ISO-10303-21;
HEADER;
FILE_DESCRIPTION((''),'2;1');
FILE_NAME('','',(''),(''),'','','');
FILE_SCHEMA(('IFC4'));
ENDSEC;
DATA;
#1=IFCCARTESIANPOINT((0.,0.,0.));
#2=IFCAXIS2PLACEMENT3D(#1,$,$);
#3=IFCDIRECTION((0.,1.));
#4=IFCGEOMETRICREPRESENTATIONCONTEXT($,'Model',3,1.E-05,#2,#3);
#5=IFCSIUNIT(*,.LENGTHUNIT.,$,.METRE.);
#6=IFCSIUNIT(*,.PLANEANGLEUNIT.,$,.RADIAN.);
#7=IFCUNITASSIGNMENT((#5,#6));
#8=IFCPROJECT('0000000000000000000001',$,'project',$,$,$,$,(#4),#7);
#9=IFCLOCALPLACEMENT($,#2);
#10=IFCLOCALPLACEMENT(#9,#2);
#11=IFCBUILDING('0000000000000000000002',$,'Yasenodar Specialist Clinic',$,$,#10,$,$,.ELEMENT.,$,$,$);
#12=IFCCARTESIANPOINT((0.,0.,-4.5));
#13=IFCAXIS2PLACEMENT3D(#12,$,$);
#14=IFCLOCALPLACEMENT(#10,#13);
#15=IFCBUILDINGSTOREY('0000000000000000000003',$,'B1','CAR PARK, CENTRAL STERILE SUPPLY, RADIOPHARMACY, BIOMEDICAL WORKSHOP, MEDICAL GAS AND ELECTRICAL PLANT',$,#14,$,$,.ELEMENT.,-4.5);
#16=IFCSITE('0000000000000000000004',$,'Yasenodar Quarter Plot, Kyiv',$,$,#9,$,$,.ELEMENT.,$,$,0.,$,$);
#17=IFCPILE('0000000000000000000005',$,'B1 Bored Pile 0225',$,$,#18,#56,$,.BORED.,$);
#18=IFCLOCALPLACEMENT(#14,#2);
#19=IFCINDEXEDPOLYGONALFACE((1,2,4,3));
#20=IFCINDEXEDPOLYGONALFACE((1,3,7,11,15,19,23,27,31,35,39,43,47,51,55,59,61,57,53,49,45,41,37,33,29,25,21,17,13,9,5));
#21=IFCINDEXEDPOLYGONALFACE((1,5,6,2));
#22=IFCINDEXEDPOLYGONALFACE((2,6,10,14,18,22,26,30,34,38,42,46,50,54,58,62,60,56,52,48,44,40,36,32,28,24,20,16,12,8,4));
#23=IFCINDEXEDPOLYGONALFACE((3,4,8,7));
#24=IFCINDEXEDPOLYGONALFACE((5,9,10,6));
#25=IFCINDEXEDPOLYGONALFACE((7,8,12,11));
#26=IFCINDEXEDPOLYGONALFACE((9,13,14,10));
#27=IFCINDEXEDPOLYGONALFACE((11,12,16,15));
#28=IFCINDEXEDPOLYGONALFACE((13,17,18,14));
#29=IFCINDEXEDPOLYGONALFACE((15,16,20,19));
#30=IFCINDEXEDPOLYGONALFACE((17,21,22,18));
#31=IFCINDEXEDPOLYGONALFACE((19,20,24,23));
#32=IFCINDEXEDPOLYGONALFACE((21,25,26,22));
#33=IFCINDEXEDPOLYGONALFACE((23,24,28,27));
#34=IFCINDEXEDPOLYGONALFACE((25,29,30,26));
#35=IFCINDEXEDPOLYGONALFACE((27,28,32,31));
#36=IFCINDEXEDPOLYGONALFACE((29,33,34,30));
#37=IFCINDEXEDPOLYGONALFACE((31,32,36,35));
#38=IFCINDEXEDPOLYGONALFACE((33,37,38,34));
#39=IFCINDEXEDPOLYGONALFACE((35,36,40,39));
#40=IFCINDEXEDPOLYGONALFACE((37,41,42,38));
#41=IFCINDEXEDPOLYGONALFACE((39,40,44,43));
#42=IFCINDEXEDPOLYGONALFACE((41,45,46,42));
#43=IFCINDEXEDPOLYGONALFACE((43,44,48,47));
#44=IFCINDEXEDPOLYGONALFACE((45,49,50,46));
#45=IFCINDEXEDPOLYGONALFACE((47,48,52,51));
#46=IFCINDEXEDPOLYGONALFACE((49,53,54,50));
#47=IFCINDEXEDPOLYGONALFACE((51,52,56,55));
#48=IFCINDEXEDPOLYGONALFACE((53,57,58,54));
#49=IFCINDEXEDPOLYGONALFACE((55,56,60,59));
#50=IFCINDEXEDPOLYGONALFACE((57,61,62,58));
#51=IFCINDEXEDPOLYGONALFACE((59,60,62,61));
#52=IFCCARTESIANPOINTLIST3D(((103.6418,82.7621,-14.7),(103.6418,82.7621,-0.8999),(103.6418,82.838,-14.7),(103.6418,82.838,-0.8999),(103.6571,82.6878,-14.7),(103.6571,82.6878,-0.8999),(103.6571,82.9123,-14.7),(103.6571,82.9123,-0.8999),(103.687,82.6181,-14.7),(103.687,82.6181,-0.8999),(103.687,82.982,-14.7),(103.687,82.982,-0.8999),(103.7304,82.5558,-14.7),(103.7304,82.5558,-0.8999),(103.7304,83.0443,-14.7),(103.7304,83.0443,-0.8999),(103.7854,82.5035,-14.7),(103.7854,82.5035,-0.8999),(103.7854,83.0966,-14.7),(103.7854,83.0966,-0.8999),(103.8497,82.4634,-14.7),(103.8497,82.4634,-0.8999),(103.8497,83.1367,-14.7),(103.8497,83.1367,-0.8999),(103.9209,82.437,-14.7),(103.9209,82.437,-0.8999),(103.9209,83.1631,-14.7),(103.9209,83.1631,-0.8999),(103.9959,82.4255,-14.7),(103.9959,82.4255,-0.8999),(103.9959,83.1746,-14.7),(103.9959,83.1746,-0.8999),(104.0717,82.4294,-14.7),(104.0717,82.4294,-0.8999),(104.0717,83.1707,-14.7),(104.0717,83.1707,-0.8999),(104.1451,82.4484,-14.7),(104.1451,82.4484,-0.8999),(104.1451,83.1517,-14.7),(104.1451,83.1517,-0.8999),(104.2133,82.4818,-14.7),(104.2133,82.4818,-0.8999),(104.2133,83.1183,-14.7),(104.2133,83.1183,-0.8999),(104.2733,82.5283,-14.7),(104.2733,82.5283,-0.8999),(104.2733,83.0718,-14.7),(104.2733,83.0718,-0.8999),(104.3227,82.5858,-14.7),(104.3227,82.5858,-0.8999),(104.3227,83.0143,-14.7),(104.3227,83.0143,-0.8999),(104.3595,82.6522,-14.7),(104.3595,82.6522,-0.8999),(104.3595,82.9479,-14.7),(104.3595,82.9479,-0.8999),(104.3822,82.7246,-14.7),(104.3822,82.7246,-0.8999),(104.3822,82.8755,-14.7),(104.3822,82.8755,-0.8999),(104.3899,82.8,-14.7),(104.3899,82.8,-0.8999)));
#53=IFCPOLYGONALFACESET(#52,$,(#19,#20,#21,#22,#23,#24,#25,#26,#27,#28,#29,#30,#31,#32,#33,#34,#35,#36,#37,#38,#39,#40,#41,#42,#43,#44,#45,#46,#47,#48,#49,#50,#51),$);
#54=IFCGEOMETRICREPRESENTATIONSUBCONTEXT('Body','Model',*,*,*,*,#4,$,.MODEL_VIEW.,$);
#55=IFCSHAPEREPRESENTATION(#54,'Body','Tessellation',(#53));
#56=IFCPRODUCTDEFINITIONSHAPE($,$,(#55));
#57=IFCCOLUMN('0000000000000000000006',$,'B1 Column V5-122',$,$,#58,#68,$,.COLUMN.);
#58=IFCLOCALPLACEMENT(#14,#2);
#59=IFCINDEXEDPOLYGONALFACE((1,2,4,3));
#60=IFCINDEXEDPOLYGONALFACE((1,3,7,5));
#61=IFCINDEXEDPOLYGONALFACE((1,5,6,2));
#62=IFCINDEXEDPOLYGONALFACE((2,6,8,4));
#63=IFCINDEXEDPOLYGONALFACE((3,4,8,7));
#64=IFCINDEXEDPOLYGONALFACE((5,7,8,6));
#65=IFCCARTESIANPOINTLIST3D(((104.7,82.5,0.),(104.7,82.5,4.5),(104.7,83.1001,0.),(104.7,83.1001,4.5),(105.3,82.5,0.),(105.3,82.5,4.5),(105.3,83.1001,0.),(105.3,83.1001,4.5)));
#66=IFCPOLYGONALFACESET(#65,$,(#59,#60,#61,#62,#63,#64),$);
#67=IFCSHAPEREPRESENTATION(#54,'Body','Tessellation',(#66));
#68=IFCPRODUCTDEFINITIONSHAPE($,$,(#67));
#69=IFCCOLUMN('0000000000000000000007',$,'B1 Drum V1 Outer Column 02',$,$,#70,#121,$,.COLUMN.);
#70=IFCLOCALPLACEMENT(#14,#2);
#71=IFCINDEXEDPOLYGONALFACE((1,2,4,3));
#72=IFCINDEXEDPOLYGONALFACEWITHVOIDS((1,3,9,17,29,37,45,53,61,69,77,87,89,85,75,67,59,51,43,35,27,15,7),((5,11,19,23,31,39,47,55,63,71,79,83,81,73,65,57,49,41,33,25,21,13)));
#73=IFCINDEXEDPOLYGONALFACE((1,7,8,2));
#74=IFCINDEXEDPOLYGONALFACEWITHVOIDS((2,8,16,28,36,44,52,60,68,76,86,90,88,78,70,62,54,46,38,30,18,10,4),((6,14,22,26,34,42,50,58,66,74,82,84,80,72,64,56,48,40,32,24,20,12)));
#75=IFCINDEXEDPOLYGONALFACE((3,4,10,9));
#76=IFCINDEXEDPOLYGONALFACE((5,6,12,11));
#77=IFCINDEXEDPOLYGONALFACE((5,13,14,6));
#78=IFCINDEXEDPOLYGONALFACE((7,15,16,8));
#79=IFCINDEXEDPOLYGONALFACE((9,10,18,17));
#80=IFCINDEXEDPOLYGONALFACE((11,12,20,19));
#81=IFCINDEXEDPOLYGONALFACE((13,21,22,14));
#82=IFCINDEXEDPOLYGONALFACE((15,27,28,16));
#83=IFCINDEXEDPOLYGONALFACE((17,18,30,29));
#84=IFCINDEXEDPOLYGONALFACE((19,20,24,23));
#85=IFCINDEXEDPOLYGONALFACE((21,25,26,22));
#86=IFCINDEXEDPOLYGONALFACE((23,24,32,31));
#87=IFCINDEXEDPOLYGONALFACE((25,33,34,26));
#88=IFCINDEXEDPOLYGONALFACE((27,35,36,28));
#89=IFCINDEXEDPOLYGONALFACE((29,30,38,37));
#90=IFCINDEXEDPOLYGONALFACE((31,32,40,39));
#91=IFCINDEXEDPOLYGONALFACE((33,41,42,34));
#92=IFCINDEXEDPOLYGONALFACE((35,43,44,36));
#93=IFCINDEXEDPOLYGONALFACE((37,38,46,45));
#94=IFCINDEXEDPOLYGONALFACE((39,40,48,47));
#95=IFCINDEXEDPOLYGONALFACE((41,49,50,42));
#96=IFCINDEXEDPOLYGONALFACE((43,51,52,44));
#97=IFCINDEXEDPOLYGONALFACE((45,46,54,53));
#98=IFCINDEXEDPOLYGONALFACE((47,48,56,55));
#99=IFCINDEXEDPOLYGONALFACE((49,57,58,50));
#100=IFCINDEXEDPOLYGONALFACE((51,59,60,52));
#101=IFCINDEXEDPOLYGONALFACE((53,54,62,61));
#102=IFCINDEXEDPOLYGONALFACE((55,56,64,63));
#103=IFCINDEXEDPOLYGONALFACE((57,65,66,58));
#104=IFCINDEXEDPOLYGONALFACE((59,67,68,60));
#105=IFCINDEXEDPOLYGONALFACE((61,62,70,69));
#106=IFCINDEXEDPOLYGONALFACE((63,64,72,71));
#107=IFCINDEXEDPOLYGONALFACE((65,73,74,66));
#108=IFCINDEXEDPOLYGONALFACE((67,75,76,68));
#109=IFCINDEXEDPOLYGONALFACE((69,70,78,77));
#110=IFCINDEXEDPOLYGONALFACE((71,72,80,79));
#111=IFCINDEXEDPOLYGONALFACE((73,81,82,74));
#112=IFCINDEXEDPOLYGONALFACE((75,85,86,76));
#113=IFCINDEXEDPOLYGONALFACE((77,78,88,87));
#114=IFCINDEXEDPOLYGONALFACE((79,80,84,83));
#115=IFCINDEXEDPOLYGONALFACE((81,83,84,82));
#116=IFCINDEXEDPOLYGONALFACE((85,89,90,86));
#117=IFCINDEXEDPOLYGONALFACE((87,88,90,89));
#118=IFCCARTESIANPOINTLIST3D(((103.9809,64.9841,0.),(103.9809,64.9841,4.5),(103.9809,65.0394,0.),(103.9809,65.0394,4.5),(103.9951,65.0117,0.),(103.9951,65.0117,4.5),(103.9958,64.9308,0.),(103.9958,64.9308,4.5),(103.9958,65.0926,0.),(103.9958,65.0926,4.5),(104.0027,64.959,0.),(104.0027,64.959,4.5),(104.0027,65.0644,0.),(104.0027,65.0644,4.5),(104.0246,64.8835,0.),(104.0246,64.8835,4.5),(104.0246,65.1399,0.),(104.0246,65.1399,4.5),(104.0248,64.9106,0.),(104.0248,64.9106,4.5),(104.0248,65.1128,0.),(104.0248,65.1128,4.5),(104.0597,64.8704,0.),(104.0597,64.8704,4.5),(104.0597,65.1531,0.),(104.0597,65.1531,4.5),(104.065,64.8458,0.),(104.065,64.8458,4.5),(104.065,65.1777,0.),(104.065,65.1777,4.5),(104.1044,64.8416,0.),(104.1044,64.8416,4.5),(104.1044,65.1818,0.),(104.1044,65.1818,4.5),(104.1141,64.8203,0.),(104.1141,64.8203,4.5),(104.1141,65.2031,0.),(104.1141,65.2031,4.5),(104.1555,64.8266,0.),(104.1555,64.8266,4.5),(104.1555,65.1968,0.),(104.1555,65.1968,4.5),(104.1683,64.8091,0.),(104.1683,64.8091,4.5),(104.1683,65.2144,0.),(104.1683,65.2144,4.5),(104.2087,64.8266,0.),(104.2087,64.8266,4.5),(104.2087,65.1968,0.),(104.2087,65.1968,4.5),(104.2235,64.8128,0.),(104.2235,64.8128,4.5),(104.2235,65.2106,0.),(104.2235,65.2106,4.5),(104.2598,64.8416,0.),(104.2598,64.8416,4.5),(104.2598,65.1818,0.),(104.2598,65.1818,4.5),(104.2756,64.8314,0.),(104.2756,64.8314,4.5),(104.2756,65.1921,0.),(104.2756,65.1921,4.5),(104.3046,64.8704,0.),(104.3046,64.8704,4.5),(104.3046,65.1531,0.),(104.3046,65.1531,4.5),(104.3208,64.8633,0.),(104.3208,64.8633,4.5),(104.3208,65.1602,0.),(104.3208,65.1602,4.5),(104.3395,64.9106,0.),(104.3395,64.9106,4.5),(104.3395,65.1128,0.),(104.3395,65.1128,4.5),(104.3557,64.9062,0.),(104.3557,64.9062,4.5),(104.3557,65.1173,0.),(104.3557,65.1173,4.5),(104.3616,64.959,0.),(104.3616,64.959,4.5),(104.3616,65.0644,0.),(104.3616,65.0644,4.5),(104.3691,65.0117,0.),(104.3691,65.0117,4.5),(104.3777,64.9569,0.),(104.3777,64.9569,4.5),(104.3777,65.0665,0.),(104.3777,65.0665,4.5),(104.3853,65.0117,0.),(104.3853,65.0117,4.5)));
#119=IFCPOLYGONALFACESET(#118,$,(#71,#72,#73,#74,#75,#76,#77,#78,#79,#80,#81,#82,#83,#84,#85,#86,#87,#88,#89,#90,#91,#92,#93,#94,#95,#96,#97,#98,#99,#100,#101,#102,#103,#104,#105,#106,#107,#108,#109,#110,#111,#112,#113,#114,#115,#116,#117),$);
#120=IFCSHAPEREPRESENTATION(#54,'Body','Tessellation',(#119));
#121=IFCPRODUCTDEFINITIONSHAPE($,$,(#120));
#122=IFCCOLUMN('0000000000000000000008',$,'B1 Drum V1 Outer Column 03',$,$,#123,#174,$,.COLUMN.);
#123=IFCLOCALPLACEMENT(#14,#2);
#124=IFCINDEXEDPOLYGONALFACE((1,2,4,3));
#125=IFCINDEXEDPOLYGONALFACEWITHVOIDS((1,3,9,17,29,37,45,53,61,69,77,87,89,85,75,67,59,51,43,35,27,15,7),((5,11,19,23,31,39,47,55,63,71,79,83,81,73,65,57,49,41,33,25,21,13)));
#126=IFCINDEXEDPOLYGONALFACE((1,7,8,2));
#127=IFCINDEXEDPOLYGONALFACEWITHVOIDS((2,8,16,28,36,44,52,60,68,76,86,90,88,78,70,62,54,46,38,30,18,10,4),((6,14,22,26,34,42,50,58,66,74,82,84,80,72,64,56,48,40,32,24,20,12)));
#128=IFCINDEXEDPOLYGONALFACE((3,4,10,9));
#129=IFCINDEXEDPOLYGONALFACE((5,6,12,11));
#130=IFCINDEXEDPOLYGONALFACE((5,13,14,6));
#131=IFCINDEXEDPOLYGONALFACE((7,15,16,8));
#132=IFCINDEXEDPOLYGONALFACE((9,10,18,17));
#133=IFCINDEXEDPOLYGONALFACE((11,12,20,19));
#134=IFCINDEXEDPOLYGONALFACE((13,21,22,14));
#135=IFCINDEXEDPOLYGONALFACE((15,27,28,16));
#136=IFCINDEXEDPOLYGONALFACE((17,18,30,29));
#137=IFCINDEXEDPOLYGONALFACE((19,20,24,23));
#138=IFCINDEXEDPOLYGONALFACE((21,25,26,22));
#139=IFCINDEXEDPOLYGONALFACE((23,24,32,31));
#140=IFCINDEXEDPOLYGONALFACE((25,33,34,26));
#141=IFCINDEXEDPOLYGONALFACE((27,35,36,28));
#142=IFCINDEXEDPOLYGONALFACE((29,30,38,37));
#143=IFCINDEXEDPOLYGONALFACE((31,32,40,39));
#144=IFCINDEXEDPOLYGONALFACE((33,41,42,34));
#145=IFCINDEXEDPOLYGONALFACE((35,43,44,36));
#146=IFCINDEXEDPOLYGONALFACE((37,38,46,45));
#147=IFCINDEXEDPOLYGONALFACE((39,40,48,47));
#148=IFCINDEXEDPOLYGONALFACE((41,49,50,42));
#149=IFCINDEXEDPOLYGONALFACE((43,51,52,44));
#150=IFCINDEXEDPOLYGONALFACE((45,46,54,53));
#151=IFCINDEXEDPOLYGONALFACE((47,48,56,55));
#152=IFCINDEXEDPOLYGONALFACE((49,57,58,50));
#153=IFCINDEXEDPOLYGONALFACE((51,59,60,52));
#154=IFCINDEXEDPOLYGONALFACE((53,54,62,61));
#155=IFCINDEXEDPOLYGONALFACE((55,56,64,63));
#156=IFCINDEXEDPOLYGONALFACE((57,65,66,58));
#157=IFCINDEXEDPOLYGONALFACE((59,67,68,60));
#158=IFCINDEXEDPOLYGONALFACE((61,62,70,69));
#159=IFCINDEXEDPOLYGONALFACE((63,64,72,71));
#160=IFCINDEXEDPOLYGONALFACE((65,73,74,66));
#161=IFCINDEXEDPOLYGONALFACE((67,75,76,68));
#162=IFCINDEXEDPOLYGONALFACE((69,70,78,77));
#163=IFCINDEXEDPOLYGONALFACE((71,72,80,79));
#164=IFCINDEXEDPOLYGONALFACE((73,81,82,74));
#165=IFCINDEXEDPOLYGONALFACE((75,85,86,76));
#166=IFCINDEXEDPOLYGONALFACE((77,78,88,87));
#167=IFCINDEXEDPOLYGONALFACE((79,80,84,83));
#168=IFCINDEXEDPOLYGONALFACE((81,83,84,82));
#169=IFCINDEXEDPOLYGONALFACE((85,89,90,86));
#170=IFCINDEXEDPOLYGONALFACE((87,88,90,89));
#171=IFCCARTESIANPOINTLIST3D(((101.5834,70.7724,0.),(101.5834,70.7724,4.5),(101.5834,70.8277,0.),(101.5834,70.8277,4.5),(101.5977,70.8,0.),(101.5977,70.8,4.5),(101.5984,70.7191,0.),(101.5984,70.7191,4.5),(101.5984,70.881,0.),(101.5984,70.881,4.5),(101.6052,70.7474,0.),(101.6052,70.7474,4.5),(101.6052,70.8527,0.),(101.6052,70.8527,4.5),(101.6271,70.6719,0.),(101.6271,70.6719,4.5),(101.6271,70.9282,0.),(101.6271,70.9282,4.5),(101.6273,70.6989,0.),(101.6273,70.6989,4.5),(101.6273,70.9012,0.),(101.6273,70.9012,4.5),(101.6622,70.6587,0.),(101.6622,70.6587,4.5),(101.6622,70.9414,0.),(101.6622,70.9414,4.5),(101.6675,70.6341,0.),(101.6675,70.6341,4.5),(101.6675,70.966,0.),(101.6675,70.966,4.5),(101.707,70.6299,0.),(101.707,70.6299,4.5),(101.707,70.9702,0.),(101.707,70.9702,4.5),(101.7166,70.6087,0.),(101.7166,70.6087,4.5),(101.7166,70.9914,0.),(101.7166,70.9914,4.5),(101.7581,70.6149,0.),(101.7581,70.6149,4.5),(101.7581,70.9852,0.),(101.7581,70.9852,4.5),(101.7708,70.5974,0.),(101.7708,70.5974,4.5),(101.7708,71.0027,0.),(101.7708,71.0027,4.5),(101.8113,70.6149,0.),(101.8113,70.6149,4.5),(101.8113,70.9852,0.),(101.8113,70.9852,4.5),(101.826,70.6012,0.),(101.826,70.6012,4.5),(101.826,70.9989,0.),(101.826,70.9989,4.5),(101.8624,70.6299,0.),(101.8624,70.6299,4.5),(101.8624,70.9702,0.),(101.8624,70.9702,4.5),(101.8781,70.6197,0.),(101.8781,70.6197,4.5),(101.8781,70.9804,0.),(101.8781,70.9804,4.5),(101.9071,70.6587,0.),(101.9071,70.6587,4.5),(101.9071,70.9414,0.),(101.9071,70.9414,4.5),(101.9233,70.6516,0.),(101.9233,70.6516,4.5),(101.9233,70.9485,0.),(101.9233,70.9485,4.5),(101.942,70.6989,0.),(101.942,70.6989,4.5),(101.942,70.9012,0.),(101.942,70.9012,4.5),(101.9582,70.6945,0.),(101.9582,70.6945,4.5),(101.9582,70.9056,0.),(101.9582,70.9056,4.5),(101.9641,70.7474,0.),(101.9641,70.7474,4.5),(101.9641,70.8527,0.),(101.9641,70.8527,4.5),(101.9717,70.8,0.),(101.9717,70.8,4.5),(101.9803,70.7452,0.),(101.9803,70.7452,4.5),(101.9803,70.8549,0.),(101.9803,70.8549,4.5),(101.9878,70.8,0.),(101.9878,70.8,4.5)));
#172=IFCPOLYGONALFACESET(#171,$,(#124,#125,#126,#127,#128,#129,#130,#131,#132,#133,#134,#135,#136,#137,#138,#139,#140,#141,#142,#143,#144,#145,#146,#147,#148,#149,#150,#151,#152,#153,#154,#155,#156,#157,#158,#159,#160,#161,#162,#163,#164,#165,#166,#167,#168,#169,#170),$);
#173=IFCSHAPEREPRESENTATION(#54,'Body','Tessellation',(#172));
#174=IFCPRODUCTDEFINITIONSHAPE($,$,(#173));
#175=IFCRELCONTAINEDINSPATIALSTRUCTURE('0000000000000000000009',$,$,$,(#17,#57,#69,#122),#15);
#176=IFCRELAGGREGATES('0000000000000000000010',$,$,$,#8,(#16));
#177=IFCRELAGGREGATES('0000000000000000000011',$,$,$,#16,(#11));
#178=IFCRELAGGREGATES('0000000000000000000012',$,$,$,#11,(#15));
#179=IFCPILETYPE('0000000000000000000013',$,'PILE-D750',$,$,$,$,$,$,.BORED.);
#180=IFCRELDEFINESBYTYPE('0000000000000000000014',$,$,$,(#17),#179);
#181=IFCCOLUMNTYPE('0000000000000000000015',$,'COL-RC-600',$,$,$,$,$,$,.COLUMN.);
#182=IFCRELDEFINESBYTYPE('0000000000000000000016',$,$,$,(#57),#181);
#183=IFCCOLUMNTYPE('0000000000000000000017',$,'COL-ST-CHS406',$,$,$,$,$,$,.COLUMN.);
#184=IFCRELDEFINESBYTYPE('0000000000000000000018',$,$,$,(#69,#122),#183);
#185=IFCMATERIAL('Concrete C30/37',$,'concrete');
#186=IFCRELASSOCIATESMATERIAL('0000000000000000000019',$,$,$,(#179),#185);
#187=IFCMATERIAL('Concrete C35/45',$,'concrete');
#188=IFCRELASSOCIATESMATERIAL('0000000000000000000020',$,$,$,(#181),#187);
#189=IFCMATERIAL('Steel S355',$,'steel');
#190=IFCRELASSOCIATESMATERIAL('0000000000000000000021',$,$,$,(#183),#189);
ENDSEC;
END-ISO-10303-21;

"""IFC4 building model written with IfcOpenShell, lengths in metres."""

from ifc_helpers import new_model, si_unit, direction, frame, origin, origin_2d, place, context, subcontext, project, spatial, rectangle, circle, hollow_circle, extrude, material, material_profile, profile_set, type_object, element, save


model = new_model("IFC4")

# Units and contexts
model_context = context("Model", 3, precision=1e-05, world=origin(), true_north=direction((0.0, 1.0)))
body_context = subcontext(model_context, "Body", "Model", "MODEL_VIEW")
ifc_project = project(units=[si_unit("LENGTHUNIT", "METRE"), si_unit("PLANEANGLEUNIT", "RADIAN")], contexts=[model_context])

# Site, building, storey
site_placement = place(None, origin())
site = spatial("IfcSite", under=ifc_project, at=site_placement, Name="Yasenodar Quarter Plot, Kyiv", CompositionType="ELEMENT", RefElevation=0.0)
building_placement = place(site_placement, origin())
building = spatial("IfcBuilding", under=site, at=building_placement, Name="Yasenodar Specialist Clinic", CompositionType="ELEMENT")
storey_placement = place(building_placement, frame((0.0, 0.0, -4.5)))
storey = spatial("IfcBuildingStorey", under=building, at=storey_placement, Name="B1", Description="CAR PARK, CENTRAL STERILE SUPPLY, RADIOPHARMACY, BIOMEDICAL WORKSHOP, MEDICAL GAS AND ELECTRICAL PLANT", CompositionType="ELEMENT", Elevation=-4.5)

# Shared definitions
ifc_material_1 = material(Name="Concrete C35/45", Category="concrete")

# Pile
ifc_material_2 = material(Name="Concrete C30/37", Category="concrete")
ifc_material_profile_1 = material_profile(ifc_material_2, circle(Radius=0.375, at=origin_2d()), Name="PILE D750")
ifc_profile_set_1 = profile_set([ifc_material_profile_1], Name="Concrete C30/37")
pile_type = type_object("IfcPileType", Name="PILE-D750", PredefinedType="BORED", material=ifc_profile_set_1)
for number, where, z_axis, x_axis, name in (
    (1, (104.0149, 82.8, -0.8999), (0.0, 0.0, -1.0), (1.0, 0.0, 0.0), "B1 Bored Pile 0225"),
):
    element("IfcPile", number, at=place(storey_placement, frame(where, z_axis=z_axis, x_axis=x_axis)), inside=storey, type_object=pile_type, Name=name, PredefinedType="BORED", context=body_context, shape_type="SweptSolid", body=[
        extrude(circle(Radius=0.375, at=origin_2d()), origin(), (0.0, 0.0, 1.0), 13.8),
    ])

# Columns
ifc_material_profile_2 = material_profile(ifc_material_1, rectangle(XDim=0.6001, YDim=0.6001, at=origin_2d()), Name="RC 600x600")
ifc_profile_set_2 = profile_set([ifc_material_profile_2], Name="Concrete C35/45")
column_type_1 = type_object("IfcColumnType", Name="COL-RC-600", PredefinedType="COLUMN", material=ifc_profile_set_2)
column_placement = place(storey_placement, frame((105.0, 82.8, 0.0), z_axis=(0.0, 0.0, 1.0), x_axis=(1.0, 0.0, 0.0)))
element("IfcColumn", 2, at=column_placement, inside=storey, type_object=column_type_1, Name="B1 Column V5-122", PredefinedType="COLUMN", context=body_context, shape_type="SweptSolid", body=[
    extrude(rectangle(XDim=0.6001, YDim=0.6001, at=origin_2d()), origin(), (0.0, 0.0, 1.0), 4.5),
])
ifc_material_3 = material(Name="Steel S355", Category="steel")
ifc_material_profile_3 = material_profile(ifc_material_3, hollow_circle(Radius=0.2031, WallThickness=0.0161, at=origin_2d()), Name="CHS 406.4x16")
ifc_profile_set_3 = profile_set([ifc_material_profile_3], Name="Steel S355")
column_type_2 = type_object("IfcColumnType", Name="COL-ST-CHS406", PredefinedType="COLUMN", material=ifc_profile_set_3)
for number, where, z_axis, x_axis, name in (
    (3, (104.1821, 65.0117, 0.0), (0.0, 0.0, 1.0), (1.0, 0.0, 0.0), "B1 Drum V1 Outer Column 02"),
    (4, (101.7847, 70.8, 0.0), (0.0, 0.0, 1.0), (1.0, 0.0, 0.0), "B1 Drum V1 Outer Column 03"),
):
    element("IfcColumn", number, at=place(storey_placement, frame(where, z_axis=z_axis, x_axis=x_axis)), inside=storey, type_object=column_type_2, Name=name, PredefinedType="COLUMN", context=body_context, shape_type="SweptSolid", body=[
        extrude(hollow_circle(Radius=0.2031, WallThickness=0.0161, at=origin_2d()), origin(), (0.0, 0.0, 1.0), 4.5),
    ])

save(model, "model.ifc")
